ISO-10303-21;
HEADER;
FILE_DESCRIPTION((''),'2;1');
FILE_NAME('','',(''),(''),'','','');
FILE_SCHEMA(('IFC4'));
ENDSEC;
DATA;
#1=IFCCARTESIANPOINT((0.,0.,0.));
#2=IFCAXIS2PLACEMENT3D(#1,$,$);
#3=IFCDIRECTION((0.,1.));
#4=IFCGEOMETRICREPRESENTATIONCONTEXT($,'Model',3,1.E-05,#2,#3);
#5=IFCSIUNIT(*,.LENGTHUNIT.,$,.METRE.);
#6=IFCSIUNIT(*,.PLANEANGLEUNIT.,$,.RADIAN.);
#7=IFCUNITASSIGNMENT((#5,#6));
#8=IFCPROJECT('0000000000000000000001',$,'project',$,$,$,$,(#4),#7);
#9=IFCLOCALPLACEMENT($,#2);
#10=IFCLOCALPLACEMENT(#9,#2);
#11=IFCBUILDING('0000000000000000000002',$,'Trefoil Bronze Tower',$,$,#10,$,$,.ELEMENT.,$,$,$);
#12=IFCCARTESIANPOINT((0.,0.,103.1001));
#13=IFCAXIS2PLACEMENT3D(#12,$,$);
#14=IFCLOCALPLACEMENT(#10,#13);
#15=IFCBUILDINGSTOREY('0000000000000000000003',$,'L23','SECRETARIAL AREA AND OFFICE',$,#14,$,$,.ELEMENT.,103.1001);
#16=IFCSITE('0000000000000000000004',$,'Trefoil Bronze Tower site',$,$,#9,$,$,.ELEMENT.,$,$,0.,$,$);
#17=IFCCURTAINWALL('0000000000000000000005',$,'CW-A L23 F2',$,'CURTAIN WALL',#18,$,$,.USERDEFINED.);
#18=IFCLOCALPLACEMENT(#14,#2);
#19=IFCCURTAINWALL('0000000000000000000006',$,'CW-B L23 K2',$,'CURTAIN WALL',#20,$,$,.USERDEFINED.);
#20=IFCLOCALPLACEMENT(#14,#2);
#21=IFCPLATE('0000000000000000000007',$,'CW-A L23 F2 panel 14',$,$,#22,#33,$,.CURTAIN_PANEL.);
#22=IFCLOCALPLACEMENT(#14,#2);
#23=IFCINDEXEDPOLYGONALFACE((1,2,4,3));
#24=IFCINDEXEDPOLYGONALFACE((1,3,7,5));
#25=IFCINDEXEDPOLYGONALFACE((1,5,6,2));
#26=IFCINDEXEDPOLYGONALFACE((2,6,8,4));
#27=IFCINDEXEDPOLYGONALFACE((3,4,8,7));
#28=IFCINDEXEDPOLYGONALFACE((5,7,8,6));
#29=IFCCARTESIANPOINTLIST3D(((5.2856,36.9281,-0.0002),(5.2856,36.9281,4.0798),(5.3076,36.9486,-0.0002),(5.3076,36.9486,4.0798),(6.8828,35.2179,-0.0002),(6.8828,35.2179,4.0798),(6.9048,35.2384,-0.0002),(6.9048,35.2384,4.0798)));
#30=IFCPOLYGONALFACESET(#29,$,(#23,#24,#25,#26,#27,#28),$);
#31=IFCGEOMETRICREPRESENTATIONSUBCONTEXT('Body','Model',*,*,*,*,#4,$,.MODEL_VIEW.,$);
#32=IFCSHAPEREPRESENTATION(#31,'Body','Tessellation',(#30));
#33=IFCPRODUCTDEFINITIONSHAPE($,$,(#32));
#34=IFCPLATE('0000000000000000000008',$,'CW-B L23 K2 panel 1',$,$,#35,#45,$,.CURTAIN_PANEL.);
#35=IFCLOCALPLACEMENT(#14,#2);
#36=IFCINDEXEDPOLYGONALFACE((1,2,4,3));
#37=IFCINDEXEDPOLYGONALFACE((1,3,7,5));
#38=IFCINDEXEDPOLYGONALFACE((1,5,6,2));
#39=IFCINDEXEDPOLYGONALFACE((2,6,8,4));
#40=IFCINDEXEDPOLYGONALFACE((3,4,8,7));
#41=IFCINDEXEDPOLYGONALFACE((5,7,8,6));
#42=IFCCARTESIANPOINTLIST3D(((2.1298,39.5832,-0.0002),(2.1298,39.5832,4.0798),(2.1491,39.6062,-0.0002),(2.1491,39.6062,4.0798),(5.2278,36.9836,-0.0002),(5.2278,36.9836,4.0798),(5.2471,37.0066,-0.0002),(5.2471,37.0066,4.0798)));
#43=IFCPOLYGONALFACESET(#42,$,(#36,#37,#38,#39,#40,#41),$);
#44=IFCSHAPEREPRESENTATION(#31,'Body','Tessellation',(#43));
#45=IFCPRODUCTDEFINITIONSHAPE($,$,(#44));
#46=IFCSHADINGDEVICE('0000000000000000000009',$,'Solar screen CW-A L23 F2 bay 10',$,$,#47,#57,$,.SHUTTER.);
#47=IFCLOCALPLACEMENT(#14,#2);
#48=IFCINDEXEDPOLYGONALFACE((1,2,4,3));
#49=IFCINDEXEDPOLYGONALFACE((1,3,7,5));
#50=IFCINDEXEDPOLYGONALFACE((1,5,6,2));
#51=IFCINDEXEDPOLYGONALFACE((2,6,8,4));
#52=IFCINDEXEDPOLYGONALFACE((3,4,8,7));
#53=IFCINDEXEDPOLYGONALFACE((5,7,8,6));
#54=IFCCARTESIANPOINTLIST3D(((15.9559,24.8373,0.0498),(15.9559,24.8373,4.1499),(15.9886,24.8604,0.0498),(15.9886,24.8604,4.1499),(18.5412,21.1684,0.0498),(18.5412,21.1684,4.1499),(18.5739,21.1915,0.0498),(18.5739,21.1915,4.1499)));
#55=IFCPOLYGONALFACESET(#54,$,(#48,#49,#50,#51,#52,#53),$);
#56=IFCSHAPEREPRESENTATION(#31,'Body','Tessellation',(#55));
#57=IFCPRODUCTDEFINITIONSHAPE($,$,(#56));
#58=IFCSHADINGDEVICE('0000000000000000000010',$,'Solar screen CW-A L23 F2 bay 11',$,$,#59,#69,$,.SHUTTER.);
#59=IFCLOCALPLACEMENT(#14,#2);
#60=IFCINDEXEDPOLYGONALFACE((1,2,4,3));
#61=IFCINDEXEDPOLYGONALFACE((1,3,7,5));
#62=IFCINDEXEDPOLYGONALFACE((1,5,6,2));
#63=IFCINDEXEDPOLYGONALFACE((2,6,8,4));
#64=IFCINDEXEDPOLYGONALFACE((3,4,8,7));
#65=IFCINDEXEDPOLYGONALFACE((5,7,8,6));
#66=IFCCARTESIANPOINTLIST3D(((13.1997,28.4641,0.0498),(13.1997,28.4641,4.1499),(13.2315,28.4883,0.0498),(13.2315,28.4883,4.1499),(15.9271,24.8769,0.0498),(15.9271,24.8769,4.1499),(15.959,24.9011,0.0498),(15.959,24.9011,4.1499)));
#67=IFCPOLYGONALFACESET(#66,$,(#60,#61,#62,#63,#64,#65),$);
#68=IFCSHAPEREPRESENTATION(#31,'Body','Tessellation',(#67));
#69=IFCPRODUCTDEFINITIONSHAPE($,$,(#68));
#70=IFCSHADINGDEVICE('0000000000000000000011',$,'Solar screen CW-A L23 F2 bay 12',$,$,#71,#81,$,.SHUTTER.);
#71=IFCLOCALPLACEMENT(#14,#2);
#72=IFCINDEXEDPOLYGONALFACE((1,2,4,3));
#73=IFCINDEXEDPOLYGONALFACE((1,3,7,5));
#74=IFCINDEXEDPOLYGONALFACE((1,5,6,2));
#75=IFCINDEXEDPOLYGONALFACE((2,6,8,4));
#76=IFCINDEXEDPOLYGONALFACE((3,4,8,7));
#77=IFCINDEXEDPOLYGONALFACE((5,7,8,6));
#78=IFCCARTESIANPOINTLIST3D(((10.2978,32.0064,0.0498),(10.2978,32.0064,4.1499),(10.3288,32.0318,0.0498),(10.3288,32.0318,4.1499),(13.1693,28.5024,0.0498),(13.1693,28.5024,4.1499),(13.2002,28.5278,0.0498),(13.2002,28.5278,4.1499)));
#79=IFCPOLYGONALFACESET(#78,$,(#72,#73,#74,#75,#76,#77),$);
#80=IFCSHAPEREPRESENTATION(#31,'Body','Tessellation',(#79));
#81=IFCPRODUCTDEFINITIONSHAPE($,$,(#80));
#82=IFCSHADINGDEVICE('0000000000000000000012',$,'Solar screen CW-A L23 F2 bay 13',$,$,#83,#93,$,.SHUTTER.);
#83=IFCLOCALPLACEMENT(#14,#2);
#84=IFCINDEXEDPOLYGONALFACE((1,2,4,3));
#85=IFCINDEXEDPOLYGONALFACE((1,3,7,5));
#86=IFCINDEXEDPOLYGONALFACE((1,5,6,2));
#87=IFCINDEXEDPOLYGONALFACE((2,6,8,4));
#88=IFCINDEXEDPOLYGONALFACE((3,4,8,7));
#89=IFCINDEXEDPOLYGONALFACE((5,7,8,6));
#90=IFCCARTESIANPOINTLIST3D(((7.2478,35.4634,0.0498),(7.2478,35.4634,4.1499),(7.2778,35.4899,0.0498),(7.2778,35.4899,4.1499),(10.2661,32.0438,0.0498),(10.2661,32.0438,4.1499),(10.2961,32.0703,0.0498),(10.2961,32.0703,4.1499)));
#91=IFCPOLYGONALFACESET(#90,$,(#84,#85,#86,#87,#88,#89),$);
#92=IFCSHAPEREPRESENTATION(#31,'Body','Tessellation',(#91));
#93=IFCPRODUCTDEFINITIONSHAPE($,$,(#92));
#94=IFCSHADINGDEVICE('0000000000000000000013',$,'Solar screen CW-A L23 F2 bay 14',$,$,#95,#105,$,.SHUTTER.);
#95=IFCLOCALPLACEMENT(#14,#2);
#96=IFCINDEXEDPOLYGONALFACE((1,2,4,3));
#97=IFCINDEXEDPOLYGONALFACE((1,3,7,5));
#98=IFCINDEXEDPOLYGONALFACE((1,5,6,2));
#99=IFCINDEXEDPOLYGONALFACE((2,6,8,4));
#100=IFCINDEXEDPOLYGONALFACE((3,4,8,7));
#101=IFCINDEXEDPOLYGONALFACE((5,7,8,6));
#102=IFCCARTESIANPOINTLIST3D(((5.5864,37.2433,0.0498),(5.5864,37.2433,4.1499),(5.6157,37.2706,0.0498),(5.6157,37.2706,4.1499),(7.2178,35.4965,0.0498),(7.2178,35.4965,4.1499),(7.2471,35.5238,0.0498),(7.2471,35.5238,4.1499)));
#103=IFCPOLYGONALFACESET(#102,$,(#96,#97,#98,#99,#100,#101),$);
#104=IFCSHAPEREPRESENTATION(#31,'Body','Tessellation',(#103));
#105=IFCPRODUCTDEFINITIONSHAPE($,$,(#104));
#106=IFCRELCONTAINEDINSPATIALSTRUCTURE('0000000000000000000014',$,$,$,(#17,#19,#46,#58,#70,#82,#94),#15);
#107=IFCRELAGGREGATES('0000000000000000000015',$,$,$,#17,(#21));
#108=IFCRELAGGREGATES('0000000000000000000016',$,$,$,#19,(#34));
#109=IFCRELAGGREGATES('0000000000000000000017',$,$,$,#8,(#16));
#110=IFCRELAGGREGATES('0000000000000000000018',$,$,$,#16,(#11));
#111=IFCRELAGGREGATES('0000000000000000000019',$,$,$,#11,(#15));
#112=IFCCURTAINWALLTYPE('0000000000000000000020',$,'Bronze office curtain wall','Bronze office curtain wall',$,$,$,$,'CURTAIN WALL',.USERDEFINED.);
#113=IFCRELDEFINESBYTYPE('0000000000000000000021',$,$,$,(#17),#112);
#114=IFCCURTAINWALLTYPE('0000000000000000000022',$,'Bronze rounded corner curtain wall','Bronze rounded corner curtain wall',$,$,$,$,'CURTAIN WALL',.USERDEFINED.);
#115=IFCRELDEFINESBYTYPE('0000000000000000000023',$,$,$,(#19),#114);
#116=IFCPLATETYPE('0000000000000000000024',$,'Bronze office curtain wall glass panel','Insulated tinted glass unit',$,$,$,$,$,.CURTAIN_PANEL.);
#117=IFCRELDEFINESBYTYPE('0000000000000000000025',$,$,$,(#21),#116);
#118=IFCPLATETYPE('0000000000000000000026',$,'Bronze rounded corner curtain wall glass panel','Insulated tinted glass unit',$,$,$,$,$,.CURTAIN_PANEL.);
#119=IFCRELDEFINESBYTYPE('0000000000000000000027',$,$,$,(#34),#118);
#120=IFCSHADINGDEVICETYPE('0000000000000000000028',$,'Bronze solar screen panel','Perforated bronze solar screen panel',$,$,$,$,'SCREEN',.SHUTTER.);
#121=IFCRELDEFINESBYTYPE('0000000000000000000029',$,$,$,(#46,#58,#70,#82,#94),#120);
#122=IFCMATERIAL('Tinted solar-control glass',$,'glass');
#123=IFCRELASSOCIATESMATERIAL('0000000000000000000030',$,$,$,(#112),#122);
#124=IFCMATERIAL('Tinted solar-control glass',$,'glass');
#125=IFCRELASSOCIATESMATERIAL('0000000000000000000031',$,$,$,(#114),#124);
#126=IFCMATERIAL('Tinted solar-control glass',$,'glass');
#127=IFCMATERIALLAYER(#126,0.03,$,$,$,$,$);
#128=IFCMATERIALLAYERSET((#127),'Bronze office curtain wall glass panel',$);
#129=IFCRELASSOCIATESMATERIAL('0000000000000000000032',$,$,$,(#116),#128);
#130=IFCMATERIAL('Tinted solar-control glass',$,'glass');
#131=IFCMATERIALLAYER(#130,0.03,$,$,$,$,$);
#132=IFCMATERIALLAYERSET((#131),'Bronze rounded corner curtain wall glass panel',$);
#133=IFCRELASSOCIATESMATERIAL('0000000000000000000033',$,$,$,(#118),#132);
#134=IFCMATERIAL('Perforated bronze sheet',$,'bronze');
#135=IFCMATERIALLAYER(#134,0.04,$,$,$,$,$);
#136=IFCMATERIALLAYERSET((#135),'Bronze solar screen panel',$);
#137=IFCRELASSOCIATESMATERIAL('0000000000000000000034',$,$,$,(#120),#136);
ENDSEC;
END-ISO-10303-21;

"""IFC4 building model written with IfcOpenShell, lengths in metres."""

from ifc_helpers import new_model, si_unit, direction, frame, origin, origin_2d, place, context, subcontext, project, spatial, rectangle, extrude, material, layer, layer_set, type_object, element, aggregate, save


model = new_model("IFC4")

# Units and contexts
model_context = context("Model", 3, precision=1e-05, world=origin(), true_north=direction((0.0, 1.0)))
body_context = subcontext(model_context, "Body", "Model", "MODEL_VIEW")
ifc_project = project(units=[si_unit("LENGTHUNIT", "METRE"), si_unit("PLANEANGLEUNIT", "RADIAN")], contexts=[model_context])

# Site, building, storey
site_placement = place(None, origin())
site = spatial("IfcSite", under=ifc_project, at=site_placement, Name="Trefoil Bronze Tower site", CompositionType="ELEMENT", RefElevation=0.0)
building_placement = place(site_placement, origin())
building = spatial("IfcBuilding", under=site, at=building_placement, Name="Trefoil Bronze Tower", CompositionType="ELEMENT")
storey_placement = place(building_placement, frame((0.0, 0.0, 103.1001)))
storey = spatial("IfcBuildingStorey", under=building, at=storey_placement, Name="L23", Description="SECRETARIAL AREA AND OFFICE", CompositionType="ELEMENT", Elevation=103.1001)

# Curtain walls
ifc_material_1 = material(Name="Tinted solar-control glass", Category="glass")
curtain_wall_type_1 = type_object("IfcCurtainWallType", Name="Bronze office curtain wall", Description="Bronze office curtain wall", ElementType="CURTAIN WALL", PredefinedType="USERDEFINED", material=ifc_material_1)
curtain_wall_1_placement = place(storey_placement, origin())
curtain_wall_1 = element("IfcCurtainWall", 1, at=curtain_wall_1_placement, inside=storey, type_object=curtain_wall_type_1, Name="CW-A L23 F2", ObjectType="CURTAIN WALL", PredefinedType="USERDEFINED")
ifc_material_2 = material(Name="Tinted solar-control glass", Category="glass")
curtain_wall_type_2 = type_object("IfcCurtainWallType", Name="Bronze rounded corner curtain wall", Description="Bronze rounded corner curtain wall", ElementType="CURTAIN WALL", PredefinedType="USERDEFINED", material=ifc_material_2)
curtain_wall_2_placement = place(storey_placement, origin())
curtain_wall_2 = element("IfcCurtainWall", 2, at=curtain_wall_2_placement, inside=storey, type_object=curtain_wall_type_2, Name="CW-B L23 K2", ObjectType="CURTAIN WALL", PredefinedType="USERDEFINED")

# Plates
ifc_material_3 = material(Name="Tinted solar-control glass", Category="glass")
ifc_layer_1 = layer(ifc_material_3, 0.03)
ifc_layer_set_1 = layer_set([ifc_layer_1], Name="Bronze office curtain wall glass panel")
plate_type_1 = type_object("IfcPlateType", Name="Bronze office curtain wall glass panel", Description="Insulated tinted glass unit", PredefinedType="CURTAIN_PANEL", material=ifc_layer_set_1)
plate_1_placement = place(storey_placement, frame((6.0952, 36.0833, -0.0002), z_axis=(0.0, 0.0, 1.0), x_axis=(-0.682536, 0.730852, 0.0)))
plate_1 = element("IfcPlate", 3, at=plate_1_placement, type_object=plate_type_1, Name="CW-A L23 F2 panel 14", PredefinedType="CURTAIN_PANEL", context=body_context, shape_type="SweptSolid", body=[
    extrude(rectangle(XDim=2.3401, YDim=0.03, at=origin_2d()), origin(), (0.0, 0.0, 1.0), 4.0801),
])
aggregate(curtain_wall_1, [plate_1])
ifc_material_4 = material(Name="Tinted solar-control glass", Category="glass")
ifc_layer_2 = layer(ifc_material_4, 0.03)
ifc_layer_set_2 = layer_set([ifc_layer_2], Name="Bronze rounded corner curtain wall glass panel")
plate_type_2 = type_object("IfcPlateType", Name="Bronze rounded corner curtain wall glass panel", Description="Insulated tinted glass unit", PredefinedType="CURTAIN_PANEL", material=ifc_layer_set_2)
plate_2_placement = place(storey_placement, frame((3.6885, 38.2949, -0.0002), z_axis=(0.0, 0.0, 1.0), x_axis=(-0.766044, 0.642788, 0.0)))
plate_2 = element("IfcPlate", 4, at=plate_2_placement, type_object=plate_type_2, Name="CW-B L23 K2 panel 1", PredefinedType="CURTAIN_PANEL", context=body_context, shape_type="SweptSolid", body=[
    extrude(rectangle(XDim=4.0442, YDim=0.03, at=origin_2d()), origin(), (0.0, 0.0, 1.0), 4.0801),
])
aggregate(curtain_wall_2, [plate_2])

# Shading devices
ifc_material_5 = material(Name="Perforated bronze sheet", Category="bronze")
ifc_layer_3 = layer(ifc_material_5, 0.04)
ifc_layer_set_3 = layer_set([ifc_layer_3], Name="Bronze solar screen panel")
shading_device_type = type_object("IfcShadingDeviceType", Name="Bronze solar screen panel", Description="Perforated bronze solar screen panel", ElementType="SCREEN", PredefinedType="SHUTTER", material=ifc_layer_set_3)
shading_device_1_placement = place(storey_placement, frame((17.2649, 23.0144, 0.0498), z_axis=(0.0, 0.0, 1.0), x_axis=(-0.575999, 0.81745, 0.0)))
element("IfcShadingDevice", 5, at=shading_device_1_placement, inside=storey, type_object=shading_device_type, Name="Solar screen CW-A L23 F2 bay 10", PredefinedType="SHUTTER", context=body_context, shape_type="SweptSolid", body=[
    extrude(rectangle(XDim=4.4883, YDim=0.04, at=origin_2d()), origin(), (0.0, 0.0, 1.0), 4.1001),
])
shading_device_2_placement = place(storey_placement, frame((14.5793, 26.6826, 0.0498), z_axis=(0.0, 0.0, 1.0), x_axis=(-0.605252, 0.796034, 0.0)))
element("IfcShadingDevice", 6, at=shading_device_2_placement, inside=storey, type_object=shading_device_type, Name="Solar screen CW-A L23 F2 bay 11", PredefinedType="SHUTTER", context=body_context, shape_type="SweptSolid", body=[
    extrude(rectangle(XDim=4.5063, YDim=0.04, at=origin_2d()), origin(), (0.0, 0.0, 1.0), 4.1001),
])
shading_device_3_placement = place(storey_placement, frame((11.749, 30.2671, 0.0498), z_axis=(0.0, 0.0, 1.0), x_axis=(-0.63384, 0.773464, 0.0)))
element("IfcShadingDevice", 7, at=shading_device_3_placement, inside=storey, type_object=shading_device_type, Name="Solar screen CW-A L23 F2 bay 12", PredefinedType="SHUTTER", context=body_context, shape_type="SweptSolid", body=[
    extrude(rectangle(XDim=4.5303, YDim=0.04, at=origin_2d()), origin(), (0.0, 0.0, 1.0), 4.1001),
])
shading_device_4_placement = place(storey_placement, frame((8.772, 33.7668, 0.0498), z_axis=(0.0, 0.0, 1.0), x_axis=(-0.661751, 0.749723, 0.0)))
element("IfcShadingDevice", 8, at=shading_device_4_placement, inside=storey, type_object=shading_device_type, Name="Solar screen CW-A L23 F2 bay 13", PredefinedType="SHUTTER", context=body_context, shape_type="SweptSolid", body=[
    extrude(rectangle(XDim=4.561, YDim=0.04, at=origin_2d()), origin(), (0.0, 0.0, 1.0), 4.1001),
])
shading_device_5_placement = place(storey_placement, frame((6.4167, 36.3835, 0.0498), z_axis=(0.0, 0.0, 1.0), x_axis=(-0.682536, 0.730852, 0.0)))
element("IfcShadingDevice", 9, at=shading_device_5_placement, inside=storey, type_object=shading_device_type, Name="Solar screen CW-A L23 F2 bay 14", PredefinedType="SHUTTER", context=body_context, shape_type="SweptSolid", body=[
    extrude(rectangle(XDim=2.3901, YDim=0.04, at=origin_2d()), origin(), (0.0, 0.0, 1.0), 4.1001),
])

save(model, "model.ifc")
